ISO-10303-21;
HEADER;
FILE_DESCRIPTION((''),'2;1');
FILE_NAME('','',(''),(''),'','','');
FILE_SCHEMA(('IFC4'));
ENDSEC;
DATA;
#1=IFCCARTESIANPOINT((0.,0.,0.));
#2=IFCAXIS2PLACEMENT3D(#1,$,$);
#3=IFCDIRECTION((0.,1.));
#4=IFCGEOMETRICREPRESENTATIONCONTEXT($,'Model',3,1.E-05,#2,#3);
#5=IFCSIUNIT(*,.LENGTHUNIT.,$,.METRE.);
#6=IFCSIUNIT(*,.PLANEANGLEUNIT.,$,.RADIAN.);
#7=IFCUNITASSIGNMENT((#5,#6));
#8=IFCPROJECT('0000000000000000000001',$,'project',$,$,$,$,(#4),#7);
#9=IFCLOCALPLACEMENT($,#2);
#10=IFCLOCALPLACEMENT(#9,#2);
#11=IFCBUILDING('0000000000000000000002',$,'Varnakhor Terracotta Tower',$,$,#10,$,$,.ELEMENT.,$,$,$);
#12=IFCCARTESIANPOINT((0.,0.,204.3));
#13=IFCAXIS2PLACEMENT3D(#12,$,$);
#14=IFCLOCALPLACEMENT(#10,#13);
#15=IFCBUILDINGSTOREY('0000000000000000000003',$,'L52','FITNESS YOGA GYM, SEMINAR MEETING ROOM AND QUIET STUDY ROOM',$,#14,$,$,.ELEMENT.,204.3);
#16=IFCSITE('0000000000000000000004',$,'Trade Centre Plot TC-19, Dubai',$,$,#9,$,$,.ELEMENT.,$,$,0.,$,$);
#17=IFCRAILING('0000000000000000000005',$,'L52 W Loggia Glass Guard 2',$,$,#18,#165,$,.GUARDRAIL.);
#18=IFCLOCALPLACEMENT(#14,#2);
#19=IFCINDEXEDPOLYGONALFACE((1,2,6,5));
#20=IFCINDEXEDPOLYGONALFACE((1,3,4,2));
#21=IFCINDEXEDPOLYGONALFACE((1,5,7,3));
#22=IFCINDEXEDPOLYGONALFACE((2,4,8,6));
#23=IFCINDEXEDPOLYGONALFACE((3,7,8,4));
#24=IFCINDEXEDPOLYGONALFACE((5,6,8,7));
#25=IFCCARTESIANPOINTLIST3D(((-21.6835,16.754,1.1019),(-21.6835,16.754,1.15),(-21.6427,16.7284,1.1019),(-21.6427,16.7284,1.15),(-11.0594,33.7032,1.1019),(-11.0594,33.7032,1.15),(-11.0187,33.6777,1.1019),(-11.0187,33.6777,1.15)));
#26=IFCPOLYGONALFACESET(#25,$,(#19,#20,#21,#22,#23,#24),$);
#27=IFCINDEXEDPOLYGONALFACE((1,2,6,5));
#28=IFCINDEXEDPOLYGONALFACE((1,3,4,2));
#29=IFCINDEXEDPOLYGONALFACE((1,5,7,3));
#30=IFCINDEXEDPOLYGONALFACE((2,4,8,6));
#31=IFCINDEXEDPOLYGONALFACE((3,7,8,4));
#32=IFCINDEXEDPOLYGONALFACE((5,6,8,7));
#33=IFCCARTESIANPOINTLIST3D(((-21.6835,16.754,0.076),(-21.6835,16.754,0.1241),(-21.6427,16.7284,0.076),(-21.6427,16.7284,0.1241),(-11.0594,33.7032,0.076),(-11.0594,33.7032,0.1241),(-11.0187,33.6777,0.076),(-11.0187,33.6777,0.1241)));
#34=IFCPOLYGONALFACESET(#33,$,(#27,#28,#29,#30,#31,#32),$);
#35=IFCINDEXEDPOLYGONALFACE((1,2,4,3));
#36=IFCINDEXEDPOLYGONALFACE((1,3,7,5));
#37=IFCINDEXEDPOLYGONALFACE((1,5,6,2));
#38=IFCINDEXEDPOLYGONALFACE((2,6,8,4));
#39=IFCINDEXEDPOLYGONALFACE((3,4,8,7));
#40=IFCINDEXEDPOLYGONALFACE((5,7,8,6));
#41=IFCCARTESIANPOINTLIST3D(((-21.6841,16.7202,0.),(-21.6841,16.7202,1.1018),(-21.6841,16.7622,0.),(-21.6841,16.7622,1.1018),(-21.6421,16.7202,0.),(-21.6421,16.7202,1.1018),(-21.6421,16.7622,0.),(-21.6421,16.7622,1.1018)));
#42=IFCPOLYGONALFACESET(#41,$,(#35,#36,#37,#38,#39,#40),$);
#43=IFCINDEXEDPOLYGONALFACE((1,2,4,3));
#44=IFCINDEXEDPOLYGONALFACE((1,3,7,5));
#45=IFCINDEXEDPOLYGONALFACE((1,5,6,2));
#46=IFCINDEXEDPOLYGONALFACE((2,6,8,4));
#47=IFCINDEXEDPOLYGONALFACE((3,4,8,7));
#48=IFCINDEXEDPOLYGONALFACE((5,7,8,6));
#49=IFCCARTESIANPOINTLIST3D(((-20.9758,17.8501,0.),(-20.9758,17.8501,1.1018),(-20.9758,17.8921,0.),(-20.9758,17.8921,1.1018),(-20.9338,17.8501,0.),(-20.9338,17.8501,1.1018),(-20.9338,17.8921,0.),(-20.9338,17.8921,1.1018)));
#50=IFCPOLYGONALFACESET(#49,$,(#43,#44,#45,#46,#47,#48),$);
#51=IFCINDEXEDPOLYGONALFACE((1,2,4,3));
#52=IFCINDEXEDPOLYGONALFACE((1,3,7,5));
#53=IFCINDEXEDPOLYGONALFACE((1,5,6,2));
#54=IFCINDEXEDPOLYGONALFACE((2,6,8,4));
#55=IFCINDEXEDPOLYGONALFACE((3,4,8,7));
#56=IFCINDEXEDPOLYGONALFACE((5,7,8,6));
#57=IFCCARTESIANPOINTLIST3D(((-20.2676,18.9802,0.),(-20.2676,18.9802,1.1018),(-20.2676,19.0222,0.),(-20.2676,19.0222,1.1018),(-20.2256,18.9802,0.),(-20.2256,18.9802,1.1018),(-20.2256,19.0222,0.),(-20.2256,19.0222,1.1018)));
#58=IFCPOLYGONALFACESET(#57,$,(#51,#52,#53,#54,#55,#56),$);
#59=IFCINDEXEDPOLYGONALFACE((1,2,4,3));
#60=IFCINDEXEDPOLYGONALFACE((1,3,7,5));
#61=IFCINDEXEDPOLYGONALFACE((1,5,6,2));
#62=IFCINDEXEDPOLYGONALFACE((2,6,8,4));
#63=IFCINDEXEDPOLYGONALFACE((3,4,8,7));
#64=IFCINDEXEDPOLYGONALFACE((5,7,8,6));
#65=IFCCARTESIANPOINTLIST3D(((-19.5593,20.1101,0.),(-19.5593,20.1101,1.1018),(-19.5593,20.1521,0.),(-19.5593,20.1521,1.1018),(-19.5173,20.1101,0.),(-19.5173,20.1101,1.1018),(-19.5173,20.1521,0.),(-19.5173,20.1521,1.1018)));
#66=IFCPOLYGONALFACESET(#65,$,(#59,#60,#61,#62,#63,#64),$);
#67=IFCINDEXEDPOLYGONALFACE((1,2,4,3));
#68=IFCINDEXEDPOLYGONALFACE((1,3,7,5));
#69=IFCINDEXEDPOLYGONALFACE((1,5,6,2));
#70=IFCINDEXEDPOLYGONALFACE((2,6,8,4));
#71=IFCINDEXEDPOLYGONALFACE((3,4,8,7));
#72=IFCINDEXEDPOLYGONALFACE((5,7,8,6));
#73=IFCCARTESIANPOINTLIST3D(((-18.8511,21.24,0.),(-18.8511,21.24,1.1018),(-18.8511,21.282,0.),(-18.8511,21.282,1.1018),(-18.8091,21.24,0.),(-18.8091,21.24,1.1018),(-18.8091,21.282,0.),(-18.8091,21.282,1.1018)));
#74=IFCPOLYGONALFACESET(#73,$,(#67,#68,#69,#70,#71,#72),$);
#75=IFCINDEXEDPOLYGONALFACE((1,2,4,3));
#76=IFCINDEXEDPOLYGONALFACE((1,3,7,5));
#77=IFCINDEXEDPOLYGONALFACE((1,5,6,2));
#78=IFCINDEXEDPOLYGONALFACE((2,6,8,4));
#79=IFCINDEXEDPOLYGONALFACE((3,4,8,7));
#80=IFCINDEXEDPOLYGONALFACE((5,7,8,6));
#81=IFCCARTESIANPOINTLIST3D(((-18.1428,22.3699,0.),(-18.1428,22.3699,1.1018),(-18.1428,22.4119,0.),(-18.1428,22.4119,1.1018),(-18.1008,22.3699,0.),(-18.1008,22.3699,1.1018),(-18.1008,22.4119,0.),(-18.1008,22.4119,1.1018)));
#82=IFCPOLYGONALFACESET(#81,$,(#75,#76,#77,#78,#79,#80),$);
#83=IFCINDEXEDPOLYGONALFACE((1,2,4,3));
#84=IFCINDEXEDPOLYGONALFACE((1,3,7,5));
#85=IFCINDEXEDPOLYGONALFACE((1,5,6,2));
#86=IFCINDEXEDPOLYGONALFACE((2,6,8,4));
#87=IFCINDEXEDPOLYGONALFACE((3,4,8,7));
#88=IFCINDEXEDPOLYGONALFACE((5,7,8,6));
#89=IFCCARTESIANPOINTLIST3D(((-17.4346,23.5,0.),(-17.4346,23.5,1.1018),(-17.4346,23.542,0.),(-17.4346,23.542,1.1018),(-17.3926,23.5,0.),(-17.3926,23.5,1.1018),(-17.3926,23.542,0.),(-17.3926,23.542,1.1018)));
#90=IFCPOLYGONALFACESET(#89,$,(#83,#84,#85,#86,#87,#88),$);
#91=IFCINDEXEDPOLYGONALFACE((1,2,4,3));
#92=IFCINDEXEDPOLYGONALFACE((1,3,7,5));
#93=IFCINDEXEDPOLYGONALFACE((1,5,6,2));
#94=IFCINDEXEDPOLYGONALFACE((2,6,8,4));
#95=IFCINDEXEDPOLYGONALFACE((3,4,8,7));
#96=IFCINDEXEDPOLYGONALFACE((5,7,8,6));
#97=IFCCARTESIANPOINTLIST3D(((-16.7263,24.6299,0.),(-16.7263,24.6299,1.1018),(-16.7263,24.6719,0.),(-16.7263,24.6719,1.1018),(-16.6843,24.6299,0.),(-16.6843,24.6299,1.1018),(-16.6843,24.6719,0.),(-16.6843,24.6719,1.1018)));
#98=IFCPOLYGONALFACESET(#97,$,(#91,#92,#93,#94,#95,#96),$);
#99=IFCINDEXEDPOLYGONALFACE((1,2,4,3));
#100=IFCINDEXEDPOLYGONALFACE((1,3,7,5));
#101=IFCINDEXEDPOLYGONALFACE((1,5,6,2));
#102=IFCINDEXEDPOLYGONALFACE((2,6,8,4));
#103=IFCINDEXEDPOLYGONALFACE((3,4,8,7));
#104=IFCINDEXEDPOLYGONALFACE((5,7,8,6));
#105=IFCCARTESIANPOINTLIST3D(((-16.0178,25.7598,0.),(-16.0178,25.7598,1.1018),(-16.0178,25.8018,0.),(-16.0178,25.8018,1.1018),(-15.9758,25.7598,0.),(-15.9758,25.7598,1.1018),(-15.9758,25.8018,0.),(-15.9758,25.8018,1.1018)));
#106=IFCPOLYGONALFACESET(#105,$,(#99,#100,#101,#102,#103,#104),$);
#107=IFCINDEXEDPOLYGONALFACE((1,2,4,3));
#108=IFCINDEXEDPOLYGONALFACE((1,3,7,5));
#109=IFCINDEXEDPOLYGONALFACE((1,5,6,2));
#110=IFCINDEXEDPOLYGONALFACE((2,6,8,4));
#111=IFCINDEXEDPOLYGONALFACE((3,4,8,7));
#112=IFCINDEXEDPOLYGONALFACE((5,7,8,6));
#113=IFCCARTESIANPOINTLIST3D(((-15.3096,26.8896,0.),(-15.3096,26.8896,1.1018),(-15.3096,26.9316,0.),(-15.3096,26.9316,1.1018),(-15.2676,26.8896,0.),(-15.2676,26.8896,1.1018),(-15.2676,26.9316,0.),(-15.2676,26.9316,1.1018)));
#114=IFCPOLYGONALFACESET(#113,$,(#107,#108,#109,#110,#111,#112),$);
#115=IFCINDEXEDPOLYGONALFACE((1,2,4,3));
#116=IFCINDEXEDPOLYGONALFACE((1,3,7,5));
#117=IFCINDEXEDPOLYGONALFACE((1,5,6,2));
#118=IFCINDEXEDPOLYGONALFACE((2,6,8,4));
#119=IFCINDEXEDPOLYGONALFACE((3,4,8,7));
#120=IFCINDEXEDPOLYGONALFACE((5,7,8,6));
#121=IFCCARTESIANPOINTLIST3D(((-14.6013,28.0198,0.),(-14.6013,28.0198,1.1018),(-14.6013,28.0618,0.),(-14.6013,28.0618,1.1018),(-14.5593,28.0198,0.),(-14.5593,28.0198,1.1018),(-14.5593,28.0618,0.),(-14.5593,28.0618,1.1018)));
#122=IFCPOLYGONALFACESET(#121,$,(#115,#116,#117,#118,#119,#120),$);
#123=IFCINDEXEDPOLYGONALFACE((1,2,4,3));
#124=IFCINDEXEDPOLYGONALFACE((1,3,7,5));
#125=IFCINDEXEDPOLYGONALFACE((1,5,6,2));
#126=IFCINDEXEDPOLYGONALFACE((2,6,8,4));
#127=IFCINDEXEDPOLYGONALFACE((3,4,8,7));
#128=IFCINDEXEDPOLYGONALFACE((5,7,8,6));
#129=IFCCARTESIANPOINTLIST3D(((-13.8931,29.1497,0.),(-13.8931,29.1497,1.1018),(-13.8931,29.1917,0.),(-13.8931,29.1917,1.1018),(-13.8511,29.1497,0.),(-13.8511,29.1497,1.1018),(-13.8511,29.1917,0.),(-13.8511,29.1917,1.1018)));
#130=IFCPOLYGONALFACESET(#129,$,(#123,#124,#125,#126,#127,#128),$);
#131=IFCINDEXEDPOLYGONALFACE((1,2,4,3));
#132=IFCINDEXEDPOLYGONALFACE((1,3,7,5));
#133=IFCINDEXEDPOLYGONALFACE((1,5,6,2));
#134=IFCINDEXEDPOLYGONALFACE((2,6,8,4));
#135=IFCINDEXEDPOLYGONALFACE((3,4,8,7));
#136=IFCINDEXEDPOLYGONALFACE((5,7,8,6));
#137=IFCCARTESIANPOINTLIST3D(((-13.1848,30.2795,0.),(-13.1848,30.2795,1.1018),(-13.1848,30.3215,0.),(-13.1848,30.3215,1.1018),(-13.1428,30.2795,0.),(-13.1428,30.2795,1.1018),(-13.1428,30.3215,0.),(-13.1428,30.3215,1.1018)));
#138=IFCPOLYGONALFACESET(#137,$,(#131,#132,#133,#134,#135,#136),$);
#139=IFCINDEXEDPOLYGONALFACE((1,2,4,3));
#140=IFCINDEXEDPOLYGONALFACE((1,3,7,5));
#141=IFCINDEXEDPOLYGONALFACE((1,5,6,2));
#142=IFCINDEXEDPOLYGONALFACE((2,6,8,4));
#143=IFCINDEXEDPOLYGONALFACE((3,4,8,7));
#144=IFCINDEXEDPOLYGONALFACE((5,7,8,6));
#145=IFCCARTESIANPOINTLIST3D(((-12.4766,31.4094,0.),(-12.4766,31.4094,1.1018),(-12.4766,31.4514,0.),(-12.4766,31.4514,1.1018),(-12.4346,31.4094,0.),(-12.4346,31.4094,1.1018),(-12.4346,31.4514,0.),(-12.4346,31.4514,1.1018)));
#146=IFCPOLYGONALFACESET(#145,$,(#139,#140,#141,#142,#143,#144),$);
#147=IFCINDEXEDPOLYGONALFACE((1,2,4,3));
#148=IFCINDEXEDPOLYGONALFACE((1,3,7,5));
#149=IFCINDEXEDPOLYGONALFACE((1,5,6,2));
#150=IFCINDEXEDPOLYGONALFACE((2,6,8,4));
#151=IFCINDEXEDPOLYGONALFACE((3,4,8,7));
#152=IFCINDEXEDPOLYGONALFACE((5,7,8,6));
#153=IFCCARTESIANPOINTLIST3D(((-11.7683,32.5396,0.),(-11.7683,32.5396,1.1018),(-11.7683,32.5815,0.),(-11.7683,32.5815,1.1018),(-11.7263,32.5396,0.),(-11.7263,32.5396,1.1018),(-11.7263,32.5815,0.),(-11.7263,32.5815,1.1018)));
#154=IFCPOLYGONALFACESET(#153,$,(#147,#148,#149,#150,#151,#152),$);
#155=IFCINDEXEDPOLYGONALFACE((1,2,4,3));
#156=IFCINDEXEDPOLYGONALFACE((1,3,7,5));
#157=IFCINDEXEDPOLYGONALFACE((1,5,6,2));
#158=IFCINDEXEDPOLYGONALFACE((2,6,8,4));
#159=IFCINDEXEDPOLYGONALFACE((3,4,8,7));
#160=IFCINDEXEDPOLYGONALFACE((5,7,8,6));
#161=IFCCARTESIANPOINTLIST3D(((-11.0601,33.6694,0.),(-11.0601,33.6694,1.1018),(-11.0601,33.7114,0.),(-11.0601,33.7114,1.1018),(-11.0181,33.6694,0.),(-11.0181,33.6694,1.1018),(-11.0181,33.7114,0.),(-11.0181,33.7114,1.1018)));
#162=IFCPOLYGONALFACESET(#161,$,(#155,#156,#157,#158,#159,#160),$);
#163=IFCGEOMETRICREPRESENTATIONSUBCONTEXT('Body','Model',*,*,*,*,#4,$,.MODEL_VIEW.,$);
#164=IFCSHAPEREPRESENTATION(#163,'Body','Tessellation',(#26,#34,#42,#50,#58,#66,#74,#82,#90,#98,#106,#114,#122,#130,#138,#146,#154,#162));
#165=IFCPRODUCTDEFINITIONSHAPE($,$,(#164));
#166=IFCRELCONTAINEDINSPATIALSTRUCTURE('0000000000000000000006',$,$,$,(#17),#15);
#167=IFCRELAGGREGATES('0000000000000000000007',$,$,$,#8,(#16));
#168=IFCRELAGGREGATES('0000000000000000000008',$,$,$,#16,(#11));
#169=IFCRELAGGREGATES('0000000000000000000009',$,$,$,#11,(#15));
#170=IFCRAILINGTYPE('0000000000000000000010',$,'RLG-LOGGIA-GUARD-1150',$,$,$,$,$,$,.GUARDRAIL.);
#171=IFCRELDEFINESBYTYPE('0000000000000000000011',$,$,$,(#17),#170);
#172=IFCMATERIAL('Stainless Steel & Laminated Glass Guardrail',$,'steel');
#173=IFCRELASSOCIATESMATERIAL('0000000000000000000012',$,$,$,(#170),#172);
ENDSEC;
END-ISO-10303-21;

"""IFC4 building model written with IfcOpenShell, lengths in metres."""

from ifc_helpers import new_model, si_unit, direction, frame, origin, origin_2d, place, context, subcontext, project, spatial, rectangle, extrude, material, type_object, element, save


model = new_model("IFC4")

# Units and contexts
model_context = context("Model", 3, precision=1e-05, world=origin(), true_north=direction((0.0, 1.0)))
body_context = subcontext(model_context, "Body", "Model", "MODEL_VIEW")
ifc_project = project(units=[si_unit("LENGTHUNIT", "METRE"), si_unit("PLANEANGLEUNIT", "RADIAN")], contexts=[model_context])

# Site, building, storey
site_placement = place(None, origin())
site = spatial("IfcSite", under=ifc_project, at=site_placement, Name="Trade Centre Plot TC-19, Dubai", CompositionType="ELEMENT", RefElevation=0.0)
building_placement = place(site_placement, origin())
building = spatial("IfcBuilding", under=site, at=building_placement, Name="Varnakhor Terracotta Tower", CompositionType="ELEMENT")
storey_placement = place(building_placement, frame((0.0, 0.0, 204.3)))
storey = spatial("IfcBuildingStorey", under=building, at=storey_placement, Name="L52", Description="FITNESS YOGA GYM, SEMINAR MEETING ROOM AND QUIET STUDY ROOM", CompositionType="ELEMENT", Elevation=204.3)

# Railing
ifc_material_1 = material(Name="Stainless Steel & Laminated Glass Guardrail", Category="steel")
railing_type = type_object("IfcRailingType", Name="RLG-LOGGIA-GUARD-1150", PredefinedType="GUARDRAIL", material=ifc_material_1)
railing_1_placement = place(storey_placement, frame((-21.6631, 16.7412, 0.0)))
element("IfcRailing", 1, at=railing_1_placement, inside=storey, type_object=railing_type, Name="L52 W Loggia Glass Guard 2", PredefinedType="GUARDRAIL", context=body_context, shape_type="SweptSolid", body=[
    extrude(rectangle(XDim=0.0481, YDim=0.0481, at=origin_2d()), frame((0.0, 0.0, 1.126), z_axis=(0.531104, 0.847306, 0.0), x_axis=(-0.847306, 0.531104, 0.0)), (0.0, 0.0, 1.0), 20.0037),
    extrude(rectangle(XDim=0.0481, YDim=0.0481, at=origin_2d()), frame((0.0, 0.0, 0.1001), z_axis=(0.531104, 0.847306, 0.0), x_axis=(-0.847306, 0.531104, 0.0)), (0.0, 0.0, 1.0), 20.0037),
    extrude(rectangle(XDim=0.042, YDim=0.042, at=origin_2d()), origin(), (0.0, 0.0, 1.0), 1.1018),
    extrude(rectangle(XDim=0.042, YDim=0.042, at=origin_2d()), frame((0.7083, 1.1299, 0.0)), (0.0, 0.0, 1.0), 1.1018),
    extrude(rectangle(XDim=0.042, YDim=0.042, at=origin_2d()), frame((1.4165, 2.26, 0.0)), (0.0, 0.0, 1.0), 1.1018),
    extrude(rectangle(XDim=0.042, YDim=0.042, at=origin_2d()), frame((2.1248, 3.3899, 0.0)), (0.0, 0.0, 1.0), 1.1018),
    extrude(rectangle(XDim=0.042, YDim=0.042, at=origin_2d()), frame((2.833, 4.5198, 0.0)), (0.0, 0.0, 1.0), 1.1018),
    extrude(rectangle(XDim=0.042, YDim=0.042, at=origin_2d()), frame((3.5413, 5.6497, 0.0)), (0.0, 0.0, 1.0), 1.1018),
    extrude(rectangle(XDim=0.042, YDim=0.042, at=origin_2d()), frame((4.2495, 6.7798, 0.0)), (0.0, 0.0, 1.0), 1.1018),
    extrude(rectangle(XDim=0.042, YDim=0.042, at=origin_2d()), frame((4.9578, 7.9097, 0.0)), (0.0, 0.0, 1.0), 1.1018),
    extrude(rectangle(XDim=0.042, YDim=0.042, at=origin_2d()), frame((5.6663, 9.0396, 0.0)), (0.0, 0.0, 1.0), 1.1018),
    extrude(rectangle(XDim=0.042, YDim=0.042, at=origin_2d()), frame((6.3745, 10.1694, 0.0)), (0.0, 0.0, 1.0), 1.1018),
    extrude(rectangle(XDim=0.042, YDim=0.042, at=origin_2d()), frame((7.0828, 11.2996, 0.0)), (0.0, 0.0, 1.0), 1.1018),
    extrude(rectangle(XDim=0.042, YDim=0.042, at=origin_2d()), frame((7.791, 12.4294, 0.0)), (0.0, 0.0, 1.0), 1.1018),
    extrude(rectangle(XDim=0.042, YDim=0.042, at=origin_2d()), frame((8.4993, 13.5593, 0.0)), (0.0, 0.0, 1.0), 1.1018),
    extrude(rectangle(XDim=0.042, YDim=0.042, at=origin_2d()), frame((9.2075, 14.6892, 0.0)), (0.0, 0.0, 1.0), 1.1018),
    extrude(rectangle(XDim=0.042, YDim=0.042, at=origin_2d()), frame((9.9158, 15.8193, 0.0)), (0.0, 0.0, 1.0), 1.1018),
    extrude(rectangle(XDim=0.042, YDim=0.042, at=origin_2d()), frame((10.624, 16.9492, 0.0)), (0.0, 0.0, 1.0), 1.1018),
])

save(model, "model.ifc")
